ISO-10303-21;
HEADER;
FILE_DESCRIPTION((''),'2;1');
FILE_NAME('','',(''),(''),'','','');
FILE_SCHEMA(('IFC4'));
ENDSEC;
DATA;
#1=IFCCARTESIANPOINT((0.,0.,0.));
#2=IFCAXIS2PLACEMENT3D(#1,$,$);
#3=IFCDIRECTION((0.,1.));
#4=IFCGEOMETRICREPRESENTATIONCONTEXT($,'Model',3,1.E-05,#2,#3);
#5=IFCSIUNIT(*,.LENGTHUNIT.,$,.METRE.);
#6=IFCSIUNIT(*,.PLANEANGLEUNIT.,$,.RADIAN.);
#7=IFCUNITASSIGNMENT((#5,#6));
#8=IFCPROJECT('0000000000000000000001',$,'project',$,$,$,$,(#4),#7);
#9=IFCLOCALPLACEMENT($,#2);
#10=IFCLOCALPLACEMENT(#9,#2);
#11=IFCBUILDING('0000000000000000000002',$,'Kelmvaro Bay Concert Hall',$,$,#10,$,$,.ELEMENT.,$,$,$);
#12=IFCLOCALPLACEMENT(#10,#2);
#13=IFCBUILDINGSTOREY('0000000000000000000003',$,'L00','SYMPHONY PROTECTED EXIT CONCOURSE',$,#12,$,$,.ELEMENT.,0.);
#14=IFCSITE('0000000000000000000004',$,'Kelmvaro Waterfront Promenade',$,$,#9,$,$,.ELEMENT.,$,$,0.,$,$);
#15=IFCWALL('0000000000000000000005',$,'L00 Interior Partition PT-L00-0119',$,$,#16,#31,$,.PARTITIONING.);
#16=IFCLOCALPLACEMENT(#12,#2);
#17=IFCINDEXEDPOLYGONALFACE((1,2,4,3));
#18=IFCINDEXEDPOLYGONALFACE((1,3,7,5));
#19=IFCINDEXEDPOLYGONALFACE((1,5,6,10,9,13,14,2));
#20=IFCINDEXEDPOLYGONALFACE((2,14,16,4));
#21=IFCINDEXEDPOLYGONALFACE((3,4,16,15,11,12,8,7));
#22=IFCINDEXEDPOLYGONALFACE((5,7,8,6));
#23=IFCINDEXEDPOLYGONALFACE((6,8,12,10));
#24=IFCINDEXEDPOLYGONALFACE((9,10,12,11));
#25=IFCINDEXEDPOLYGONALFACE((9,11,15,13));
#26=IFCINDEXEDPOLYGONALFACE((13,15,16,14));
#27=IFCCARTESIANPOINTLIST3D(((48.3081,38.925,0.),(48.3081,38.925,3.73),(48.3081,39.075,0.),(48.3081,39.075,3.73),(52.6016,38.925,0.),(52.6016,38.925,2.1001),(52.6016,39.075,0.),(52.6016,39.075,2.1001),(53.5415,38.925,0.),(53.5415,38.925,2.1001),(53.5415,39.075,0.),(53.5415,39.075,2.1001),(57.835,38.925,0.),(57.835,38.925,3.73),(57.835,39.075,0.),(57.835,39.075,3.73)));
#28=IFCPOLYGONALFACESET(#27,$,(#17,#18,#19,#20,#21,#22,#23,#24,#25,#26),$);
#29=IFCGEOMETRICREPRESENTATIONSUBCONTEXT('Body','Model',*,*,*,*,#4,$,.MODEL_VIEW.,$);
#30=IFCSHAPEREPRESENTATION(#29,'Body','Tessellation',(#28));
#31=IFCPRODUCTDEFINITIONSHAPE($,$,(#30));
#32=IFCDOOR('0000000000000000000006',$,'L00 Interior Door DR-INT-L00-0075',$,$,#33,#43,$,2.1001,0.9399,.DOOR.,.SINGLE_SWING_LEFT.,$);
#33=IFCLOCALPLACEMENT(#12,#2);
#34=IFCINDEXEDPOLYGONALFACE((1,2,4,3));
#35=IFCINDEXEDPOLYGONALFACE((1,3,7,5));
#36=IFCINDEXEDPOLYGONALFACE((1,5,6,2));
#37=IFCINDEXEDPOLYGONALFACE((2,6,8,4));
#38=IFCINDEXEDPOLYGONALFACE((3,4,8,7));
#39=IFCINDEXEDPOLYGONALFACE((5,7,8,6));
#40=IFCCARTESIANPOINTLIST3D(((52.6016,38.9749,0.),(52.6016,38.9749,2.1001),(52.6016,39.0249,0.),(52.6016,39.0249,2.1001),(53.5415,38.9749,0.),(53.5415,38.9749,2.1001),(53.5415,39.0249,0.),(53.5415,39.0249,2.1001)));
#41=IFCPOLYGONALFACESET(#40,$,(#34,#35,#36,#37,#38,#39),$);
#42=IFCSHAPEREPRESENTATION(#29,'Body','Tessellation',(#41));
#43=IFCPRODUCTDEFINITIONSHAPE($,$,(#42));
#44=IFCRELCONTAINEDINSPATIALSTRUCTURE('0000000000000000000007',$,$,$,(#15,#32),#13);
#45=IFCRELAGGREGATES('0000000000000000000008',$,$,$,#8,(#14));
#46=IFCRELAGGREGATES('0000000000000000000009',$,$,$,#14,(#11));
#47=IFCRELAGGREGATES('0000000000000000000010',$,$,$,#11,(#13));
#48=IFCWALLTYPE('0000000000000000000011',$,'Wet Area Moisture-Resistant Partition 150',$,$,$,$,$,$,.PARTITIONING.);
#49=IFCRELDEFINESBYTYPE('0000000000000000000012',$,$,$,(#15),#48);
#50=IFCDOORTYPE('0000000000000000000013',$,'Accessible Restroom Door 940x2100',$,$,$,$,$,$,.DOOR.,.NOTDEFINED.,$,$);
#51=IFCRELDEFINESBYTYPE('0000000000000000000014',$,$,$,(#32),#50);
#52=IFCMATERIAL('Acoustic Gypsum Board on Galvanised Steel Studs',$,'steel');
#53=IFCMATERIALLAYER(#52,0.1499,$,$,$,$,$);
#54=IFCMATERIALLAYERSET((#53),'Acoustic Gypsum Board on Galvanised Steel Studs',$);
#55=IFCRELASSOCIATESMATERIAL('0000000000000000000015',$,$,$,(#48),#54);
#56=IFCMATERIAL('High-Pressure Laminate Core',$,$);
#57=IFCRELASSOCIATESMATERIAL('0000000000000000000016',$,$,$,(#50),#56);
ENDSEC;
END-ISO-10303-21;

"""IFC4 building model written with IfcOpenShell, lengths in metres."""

from ifc_helpers import new_model, si_unit, direction, frame, frame_2d, origin, place, context, subcontext, project, spatial, rectangle, extrude, material, layer, layer_set, type_object, element, fill, save


model = new_model("IFC4")

# Units and contexts
model_context = context("Model", 3, precision=1e-05, world=origin(), true_north=direction((0.0, 1.0)))
body_context = subcontext(model_context, "Body", "Model", "MODEL_VIEW")
ifc_project = project(units=[si_unit("LENGTHUNIT", "METRE"), si_unit("PLANEANGLEUNIT", "RADIAN")], contexts=[model_context])

# Site, building, storey
site_placement = place(None, origin())
site = spatial("IfcSite", under=ifc_project, at=site_placement, Name="Kelmvaro Waterfront Promenade", CompositionType="ELEMENT", RefElevation=0.0)
building_placement = place(site_placement, origin())
building = spatial("IfcBuilding", under=site, at=building_placement, Name="Kelmvaro Bay Concert Hall", CompositionType="ELEMENT")
storey_placement = place(building_placement, origin())
storey = spatial("IfcBuildingStorey", under=building, at=storey_placement, Name="L00", Description="SYMPHONY PROTECTED EXIT CONCOURSE", CompositionType="ELEMENT", Elevation=0.0)

# Shared definitions
ifc_material_1 = material(Name="Acoustic Gypsum Board on Galvanised Steel Studs", Category="steel")
ifc_layer_1 = layer(ifc_material_1, 0.1499)
ifc_layer_set_1 = layer_set([ifc_layer_1], Name="Acoustic Gypsum Board on Galvanised Steel Studs")
wall_type_1 = type_object("IfcWallType", Name="Wet Area Moisture-Resistant Partition 150", PredefinedType="PARTITIONING", material=ifc_layer_set_1)
ifc_material_2 = material(Name="High-Pressure Laminate Core")
door_type = type_object("IfcDoorType", Name="Accessible Restroom Door 940x2100", OperationType="NOTDEFINED", PredefinedType="DOOR", material=ifc_material_2)

# Wall, opening, door
wall_1_placement = place(storey_placement, frame((48.3081, 39.0, 0.0), z_axis=(0.0, 0.0, 1.0), x_axis=(1.0, 0.0, 0.0)))
wall_1 = element("IfcWall", 1, at=wall_1_placement, inside=storey, type_object=wall_type_1, Name="L00 Interior Partition PT-L00-0119", PredefinedType="PARTITIONING", context=body_context, shape_type="SweptSolid", body=[
    extrude(rectangle(XDim=9.5269, YDim=0.1499, at=frame_2d((4.7634, 0.0))), origin(), (0.0, 0.0, 1.0), 3.73),
])
opening_1_placement = place(wall_1_placement, frame((4.2935, 0.0, 0.0)))
opening_1 = element("IfcOpeningElement", 2, at=opening_1_placement, cuts=wall_1, PredefinedType="OPENING", context=body_context, shape_type="SweptSolid", body=[
    extrude(rectangle(XDim=0.9399, YDim=2.1001, at=frame_2d((0.47, 1.05))), frame((0.0, 0.085, 0.0), z_axis=(0.0, -1.0, 0.0), x_axis=(1.0, 0.0, 0.0)), (0.0, 0.0, 1.0), 0.1699),
])
door_1_placement = place(opening_1_placement, origin())
door_1 = element("IfcDoor", 3, at=door_1_placement, inside=storey, type_object=door_type, Name="L00 Interior Door DR-INT-L00-0075", OperationType="SINGLE_SWING_LEFT", OverallHeight=2.1001, OverallWidth=0.9399, PredefinedType="DOOR", context=body_context, shape_type="SweptSolid", body=[
    extrude(rectangle(XDim=0.9399, YDim=2.1001, at=frame_2d((0.47, 1.05))), frame((0.0, 0.0249, 0.0), z_axis=(0.0, -1.0, 0.0), x_axis=(1.0, 0.0, 0.0)), (0.0, 0.0, 1.0), 0.05),
])
fill(opening_1, door_1)

save(model, "model.ifc")
